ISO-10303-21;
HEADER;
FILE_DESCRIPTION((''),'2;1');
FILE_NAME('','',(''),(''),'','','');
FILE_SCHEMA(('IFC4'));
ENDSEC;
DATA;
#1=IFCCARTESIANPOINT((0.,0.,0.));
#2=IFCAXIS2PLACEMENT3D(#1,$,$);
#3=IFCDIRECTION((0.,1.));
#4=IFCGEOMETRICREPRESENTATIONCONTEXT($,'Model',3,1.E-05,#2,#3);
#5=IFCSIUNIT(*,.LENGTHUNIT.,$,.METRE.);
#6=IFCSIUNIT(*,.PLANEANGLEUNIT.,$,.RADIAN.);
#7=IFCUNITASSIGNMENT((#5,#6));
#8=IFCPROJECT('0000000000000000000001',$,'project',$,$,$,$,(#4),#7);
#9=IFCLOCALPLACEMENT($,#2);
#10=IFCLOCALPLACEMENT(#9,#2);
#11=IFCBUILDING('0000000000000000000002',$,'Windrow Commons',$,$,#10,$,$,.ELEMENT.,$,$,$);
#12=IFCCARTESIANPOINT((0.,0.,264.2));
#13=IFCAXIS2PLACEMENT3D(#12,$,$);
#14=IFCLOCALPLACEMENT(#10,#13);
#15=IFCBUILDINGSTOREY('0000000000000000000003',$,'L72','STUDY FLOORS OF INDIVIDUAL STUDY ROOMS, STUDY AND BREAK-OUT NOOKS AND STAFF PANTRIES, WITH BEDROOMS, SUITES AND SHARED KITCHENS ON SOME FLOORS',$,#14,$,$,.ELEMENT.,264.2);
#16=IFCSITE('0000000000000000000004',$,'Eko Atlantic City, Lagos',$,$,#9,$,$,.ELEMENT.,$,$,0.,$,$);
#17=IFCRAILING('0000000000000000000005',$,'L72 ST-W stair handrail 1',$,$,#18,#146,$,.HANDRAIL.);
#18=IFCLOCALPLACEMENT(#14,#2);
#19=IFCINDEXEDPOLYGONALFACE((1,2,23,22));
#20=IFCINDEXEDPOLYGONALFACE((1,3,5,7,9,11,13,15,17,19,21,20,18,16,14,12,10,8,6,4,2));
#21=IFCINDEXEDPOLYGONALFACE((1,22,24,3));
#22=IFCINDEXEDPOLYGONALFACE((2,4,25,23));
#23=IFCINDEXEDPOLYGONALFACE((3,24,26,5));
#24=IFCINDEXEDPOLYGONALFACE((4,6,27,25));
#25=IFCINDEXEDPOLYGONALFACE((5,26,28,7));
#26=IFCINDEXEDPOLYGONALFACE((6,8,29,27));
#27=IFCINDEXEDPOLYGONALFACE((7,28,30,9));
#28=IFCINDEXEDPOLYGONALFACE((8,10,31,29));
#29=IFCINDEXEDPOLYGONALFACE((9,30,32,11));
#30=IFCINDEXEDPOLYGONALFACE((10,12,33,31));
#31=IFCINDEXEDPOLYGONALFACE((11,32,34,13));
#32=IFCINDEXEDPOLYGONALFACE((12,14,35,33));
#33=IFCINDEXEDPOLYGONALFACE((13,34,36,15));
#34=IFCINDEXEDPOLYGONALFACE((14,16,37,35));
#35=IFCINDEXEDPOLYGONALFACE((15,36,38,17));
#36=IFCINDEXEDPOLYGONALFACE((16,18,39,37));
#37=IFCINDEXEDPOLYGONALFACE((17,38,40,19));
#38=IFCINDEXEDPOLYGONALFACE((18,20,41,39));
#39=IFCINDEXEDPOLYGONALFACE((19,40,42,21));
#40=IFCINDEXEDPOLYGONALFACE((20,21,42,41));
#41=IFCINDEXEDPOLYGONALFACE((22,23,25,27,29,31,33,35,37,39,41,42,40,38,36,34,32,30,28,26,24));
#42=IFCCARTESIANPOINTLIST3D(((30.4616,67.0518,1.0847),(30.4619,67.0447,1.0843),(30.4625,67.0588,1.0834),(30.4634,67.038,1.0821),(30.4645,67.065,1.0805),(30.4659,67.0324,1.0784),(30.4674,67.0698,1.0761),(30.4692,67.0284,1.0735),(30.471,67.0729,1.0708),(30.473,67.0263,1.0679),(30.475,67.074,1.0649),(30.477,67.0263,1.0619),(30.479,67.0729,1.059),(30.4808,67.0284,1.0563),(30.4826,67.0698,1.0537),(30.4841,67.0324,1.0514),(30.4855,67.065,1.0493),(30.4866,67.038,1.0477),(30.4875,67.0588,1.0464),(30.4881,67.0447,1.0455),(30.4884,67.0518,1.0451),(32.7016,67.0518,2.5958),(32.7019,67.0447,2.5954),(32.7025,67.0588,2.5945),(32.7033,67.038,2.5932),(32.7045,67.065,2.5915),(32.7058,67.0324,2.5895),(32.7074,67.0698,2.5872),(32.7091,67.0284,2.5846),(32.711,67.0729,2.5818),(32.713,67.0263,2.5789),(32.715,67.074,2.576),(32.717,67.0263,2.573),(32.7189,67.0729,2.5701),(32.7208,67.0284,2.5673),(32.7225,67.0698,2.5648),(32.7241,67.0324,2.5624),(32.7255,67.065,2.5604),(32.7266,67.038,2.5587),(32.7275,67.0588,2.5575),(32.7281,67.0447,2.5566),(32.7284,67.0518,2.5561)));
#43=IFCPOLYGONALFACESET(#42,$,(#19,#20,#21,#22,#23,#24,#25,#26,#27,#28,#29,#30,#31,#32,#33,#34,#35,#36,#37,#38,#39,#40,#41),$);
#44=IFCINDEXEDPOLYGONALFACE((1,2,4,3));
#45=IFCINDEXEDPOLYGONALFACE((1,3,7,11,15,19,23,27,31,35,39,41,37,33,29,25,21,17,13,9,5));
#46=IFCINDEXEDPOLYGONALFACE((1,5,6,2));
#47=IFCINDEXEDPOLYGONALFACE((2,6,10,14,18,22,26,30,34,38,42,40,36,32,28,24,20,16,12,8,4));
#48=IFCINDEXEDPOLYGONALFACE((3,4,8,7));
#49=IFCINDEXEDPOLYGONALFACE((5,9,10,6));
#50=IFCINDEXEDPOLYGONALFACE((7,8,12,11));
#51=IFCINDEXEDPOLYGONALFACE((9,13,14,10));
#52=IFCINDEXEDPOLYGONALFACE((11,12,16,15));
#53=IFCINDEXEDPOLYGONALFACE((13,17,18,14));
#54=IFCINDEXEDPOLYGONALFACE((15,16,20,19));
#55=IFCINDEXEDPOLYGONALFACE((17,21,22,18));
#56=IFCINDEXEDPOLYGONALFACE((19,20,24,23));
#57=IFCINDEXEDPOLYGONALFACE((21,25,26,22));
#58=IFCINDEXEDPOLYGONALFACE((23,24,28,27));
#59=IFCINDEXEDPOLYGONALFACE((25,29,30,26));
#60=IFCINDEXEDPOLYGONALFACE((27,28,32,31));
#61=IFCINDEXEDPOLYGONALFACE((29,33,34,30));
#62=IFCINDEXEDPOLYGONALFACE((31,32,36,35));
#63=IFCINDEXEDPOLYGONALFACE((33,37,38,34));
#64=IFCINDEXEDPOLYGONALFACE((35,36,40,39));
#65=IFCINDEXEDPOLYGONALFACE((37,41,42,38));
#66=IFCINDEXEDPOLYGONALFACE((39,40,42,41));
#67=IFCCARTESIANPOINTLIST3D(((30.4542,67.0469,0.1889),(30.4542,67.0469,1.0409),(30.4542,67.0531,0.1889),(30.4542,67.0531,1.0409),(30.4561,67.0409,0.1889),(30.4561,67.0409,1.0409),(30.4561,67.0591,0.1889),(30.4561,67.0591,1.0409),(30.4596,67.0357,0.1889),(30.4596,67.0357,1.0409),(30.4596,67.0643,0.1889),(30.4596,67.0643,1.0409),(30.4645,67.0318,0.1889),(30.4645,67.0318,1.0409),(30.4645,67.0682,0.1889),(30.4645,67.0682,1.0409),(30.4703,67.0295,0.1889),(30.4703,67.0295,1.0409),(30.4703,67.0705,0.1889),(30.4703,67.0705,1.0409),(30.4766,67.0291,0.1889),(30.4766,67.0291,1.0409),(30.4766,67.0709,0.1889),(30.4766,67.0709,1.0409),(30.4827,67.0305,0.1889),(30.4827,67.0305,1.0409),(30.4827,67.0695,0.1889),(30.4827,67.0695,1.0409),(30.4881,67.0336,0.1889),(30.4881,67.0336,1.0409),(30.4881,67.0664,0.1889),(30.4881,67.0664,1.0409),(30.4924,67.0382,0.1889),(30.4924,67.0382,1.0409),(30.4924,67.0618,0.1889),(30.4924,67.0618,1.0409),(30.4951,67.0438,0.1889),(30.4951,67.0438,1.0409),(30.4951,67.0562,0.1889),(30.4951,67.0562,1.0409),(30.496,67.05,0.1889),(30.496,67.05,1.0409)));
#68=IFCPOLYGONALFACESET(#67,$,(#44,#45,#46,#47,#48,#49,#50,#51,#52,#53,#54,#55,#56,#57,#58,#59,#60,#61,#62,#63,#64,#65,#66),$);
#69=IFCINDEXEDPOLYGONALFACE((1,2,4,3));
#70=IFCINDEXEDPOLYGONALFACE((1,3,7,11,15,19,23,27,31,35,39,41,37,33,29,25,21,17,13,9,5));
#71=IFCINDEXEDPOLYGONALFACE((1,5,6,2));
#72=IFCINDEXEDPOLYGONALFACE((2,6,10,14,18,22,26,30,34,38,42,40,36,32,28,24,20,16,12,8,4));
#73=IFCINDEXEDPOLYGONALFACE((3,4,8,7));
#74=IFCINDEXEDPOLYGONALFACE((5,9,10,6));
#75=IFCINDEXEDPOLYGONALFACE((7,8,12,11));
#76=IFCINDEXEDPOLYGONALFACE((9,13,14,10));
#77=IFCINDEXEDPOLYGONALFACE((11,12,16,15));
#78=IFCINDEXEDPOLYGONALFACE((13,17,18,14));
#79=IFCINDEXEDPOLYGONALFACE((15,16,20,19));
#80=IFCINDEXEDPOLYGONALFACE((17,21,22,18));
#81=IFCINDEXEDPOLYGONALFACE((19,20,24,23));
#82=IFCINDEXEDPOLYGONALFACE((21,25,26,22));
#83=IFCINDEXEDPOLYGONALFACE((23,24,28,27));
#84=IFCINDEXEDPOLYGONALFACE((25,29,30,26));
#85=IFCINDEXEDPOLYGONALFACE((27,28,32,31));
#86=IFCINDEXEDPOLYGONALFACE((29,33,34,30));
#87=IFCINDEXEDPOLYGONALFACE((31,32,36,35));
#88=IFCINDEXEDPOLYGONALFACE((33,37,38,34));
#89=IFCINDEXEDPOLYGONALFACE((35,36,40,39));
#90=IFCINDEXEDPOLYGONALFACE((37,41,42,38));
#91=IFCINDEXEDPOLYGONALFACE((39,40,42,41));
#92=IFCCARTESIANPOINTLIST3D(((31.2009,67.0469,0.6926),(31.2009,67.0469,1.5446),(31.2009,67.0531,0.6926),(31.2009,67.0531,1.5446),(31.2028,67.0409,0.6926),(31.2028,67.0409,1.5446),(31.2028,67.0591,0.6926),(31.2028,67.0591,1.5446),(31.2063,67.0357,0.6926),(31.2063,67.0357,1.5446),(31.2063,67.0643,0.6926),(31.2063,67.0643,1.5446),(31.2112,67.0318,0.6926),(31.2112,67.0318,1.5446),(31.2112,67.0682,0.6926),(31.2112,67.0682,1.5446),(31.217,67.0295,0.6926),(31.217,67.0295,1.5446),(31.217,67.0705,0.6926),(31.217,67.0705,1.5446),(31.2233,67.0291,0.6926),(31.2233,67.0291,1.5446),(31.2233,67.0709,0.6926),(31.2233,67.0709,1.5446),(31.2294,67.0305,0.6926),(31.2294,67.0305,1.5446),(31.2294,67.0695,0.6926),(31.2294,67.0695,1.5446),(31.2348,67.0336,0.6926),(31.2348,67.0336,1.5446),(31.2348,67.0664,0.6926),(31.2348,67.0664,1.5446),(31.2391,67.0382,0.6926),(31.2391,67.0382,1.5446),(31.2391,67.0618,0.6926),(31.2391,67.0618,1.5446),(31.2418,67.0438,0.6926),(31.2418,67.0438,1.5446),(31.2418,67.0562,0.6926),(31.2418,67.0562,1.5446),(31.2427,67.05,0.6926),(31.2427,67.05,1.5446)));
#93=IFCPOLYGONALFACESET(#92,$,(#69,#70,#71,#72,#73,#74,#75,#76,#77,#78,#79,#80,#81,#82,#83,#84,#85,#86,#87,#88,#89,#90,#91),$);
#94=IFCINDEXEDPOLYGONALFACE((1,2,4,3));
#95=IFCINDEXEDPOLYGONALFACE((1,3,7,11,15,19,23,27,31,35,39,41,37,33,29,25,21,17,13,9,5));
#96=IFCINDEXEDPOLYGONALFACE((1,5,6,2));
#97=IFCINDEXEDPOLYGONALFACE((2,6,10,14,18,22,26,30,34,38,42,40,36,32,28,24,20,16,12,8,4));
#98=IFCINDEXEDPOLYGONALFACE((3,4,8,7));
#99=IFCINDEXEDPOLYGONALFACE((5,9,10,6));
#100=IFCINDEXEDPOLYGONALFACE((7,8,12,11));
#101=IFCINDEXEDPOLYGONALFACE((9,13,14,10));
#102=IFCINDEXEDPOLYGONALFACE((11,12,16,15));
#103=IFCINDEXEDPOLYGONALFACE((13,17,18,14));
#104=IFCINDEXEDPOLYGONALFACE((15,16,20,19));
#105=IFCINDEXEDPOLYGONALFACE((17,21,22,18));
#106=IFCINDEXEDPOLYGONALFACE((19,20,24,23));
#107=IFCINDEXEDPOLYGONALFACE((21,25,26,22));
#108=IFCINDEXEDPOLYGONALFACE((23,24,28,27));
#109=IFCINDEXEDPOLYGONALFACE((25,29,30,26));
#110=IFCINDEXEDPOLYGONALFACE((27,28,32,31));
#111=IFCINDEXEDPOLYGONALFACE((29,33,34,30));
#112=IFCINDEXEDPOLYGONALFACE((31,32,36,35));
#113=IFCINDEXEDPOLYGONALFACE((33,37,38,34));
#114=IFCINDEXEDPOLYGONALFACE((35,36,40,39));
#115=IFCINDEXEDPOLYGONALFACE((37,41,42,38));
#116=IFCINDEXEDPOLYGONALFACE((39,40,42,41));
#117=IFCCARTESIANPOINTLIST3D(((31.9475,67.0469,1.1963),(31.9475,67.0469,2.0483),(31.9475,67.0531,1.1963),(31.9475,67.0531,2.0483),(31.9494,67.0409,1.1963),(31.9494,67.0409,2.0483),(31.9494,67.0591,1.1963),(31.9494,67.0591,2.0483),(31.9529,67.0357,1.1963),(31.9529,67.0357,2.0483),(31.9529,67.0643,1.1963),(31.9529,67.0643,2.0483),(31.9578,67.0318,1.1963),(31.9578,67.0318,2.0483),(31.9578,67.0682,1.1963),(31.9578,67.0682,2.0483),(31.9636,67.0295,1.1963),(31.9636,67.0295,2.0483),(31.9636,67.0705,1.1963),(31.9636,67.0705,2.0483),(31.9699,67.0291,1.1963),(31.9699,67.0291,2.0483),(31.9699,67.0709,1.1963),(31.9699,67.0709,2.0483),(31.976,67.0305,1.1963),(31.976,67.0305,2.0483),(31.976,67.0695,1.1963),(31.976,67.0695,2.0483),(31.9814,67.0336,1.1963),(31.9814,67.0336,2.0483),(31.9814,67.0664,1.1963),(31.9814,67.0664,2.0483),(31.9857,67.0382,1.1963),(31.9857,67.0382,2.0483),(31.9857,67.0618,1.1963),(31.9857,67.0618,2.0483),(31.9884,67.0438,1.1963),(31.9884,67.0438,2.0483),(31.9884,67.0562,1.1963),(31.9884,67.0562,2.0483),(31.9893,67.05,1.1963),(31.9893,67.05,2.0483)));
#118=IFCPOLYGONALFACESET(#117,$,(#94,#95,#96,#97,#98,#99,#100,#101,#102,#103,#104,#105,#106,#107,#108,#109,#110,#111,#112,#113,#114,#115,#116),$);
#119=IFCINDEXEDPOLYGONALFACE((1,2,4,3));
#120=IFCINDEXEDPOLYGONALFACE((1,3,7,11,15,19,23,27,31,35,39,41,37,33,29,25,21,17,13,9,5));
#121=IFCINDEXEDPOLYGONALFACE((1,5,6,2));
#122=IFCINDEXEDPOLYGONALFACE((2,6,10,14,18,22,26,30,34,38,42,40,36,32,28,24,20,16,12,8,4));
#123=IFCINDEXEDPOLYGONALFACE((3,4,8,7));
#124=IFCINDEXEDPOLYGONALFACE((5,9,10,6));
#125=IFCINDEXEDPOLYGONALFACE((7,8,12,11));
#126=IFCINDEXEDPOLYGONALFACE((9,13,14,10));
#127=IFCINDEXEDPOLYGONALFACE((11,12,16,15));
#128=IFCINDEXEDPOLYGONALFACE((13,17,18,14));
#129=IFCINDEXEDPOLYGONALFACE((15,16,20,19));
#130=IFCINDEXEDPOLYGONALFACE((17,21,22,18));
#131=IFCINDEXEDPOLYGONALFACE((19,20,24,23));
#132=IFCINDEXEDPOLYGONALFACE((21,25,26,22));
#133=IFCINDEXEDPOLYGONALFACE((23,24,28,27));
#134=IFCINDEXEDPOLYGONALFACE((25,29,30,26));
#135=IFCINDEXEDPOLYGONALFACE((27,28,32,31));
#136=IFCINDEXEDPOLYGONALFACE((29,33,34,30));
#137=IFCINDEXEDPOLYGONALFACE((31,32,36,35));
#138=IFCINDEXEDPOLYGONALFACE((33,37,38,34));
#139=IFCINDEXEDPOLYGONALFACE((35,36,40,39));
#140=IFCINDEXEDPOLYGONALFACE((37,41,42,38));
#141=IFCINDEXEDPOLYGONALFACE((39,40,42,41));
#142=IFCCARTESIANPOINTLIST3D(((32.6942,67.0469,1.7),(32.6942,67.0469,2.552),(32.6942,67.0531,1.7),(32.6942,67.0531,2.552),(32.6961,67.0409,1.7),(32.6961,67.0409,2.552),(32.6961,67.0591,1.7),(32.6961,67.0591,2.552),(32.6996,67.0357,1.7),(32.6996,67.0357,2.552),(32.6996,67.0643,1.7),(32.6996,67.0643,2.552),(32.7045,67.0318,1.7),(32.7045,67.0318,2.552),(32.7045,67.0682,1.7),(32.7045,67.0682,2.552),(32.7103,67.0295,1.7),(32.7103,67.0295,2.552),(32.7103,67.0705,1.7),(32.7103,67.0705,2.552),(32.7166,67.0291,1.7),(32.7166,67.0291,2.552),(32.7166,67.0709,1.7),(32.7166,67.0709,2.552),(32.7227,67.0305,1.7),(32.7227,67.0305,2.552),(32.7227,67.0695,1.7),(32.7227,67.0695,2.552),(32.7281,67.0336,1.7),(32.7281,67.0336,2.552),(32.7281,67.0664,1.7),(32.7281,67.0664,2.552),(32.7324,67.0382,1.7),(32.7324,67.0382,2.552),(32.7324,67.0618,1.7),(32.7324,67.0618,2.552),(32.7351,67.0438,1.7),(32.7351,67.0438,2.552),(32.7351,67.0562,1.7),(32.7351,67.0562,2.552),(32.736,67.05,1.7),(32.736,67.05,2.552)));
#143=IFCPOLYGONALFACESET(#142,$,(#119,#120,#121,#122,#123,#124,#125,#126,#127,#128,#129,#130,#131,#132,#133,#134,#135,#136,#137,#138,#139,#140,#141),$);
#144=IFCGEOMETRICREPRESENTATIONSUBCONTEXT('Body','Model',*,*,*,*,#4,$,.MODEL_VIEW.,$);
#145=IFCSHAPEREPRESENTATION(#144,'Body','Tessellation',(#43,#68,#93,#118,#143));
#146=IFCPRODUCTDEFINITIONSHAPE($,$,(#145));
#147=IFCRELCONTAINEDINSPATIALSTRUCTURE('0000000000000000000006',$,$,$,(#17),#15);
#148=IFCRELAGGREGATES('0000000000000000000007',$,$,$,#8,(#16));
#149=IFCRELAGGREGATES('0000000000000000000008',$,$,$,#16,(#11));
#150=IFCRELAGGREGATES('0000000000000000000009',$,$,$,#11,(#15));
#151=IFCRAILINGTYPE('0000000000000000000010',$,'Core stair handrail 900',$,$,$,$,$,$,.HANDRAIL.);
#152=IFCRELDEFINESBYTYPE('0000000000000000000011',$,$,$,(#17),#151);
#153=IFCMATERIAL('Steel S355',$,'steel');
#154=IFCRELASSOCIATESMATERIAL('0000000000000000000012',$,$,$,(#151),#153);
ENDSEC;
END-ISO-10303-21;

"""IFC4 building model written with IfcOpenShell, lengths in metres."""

from ifc_helpers import new_model, si_unit, direction, frame, origin, origin_2d, place, context, subcontext, project, spatial, circle, extrude, material, type_object, element, save


model = new_model("IFC4")

# Units and contexts
model_context = context("Model", 3, precision=1e-05, world=origin(), true_north=direction((0.0, 1.0)))
body_context = subcontext(model_context, "Body", "Model", "MODEL_VIEW")
ifc_project = project(units=[si_unit("LENGTHUNIT", "METRE"), si_unit("PLANEANGLEUNIT", "RADIAN")], contexts=[model_context])

# Site, building, storey
site_placement = place(None, origin())
site = spatial("IfcSite", under=ifc_project, at=site_placement, Name="Eko Atlantic City, Lagos", CompositionType="ELEMENT", RefElevation=0.0)
building_placement = place(site_placement, origin())
building = spatial("IfcBuilding", under=site, at=building_placement, Name="Windrow Commons", CompositionType="ELEMENT")
storey_placement = place(building_placement, frame((0.0, 0.0, 264.2)))
storey = spatial("IfcBuildingStorey", under=building, at=storey_placement, Name="L72", Description="STUDY FLOORS OF INDIVIDUAL STUDY ROOMS, STUDY AND BREAK-OUT NOOKS AND STAFF PANTRIES, WITH BEDROOMS, SUITES AND SHARED KITCHENS ON SOME FLOORS", CompositionType="ELEMENT", Elevation=264.2)

# Railing
ifc_material_1 = material(Name="Steel S355", Category="steel")
railing_type_1 = type_object("IfcRailingType", Name="Core stair handrail 900", PredefinedType="HANDRAIL", material=ifc_material_1)
railing_1_placement = place(storey_placement, frame((30.475, 67.05, 0.1889)))
element("IfcRailing", 1, at=railing_1_placement, inside=storey, type_object=railing_type_1, Name="L72 ST-W stair handrail 1", PredefinedType="HANDRAIL", context=body_context, shape_type="SweptSolid", body=[
    extrude(circle(Radius=0.024, at=origin_2d()), frame((0.0, 0.0, 0.876), z_axis=(0.829003, 0.0, 0.559244), x_axis=(0.0, 1.0, 0.0)), (0.0, 0.0, 1.0), 2.702),
    extrude(circle(Radius=0.021, at=origin_2d()), origin(), (0.0, 0.0, 1.0), 0.852),
    extrude(circle(Radius=0.021, at=origin_2d()), frame((0.7467, 0.0, 0.5037)), (0.0, 0.0, 1.0), 0.852),
    extrude(circle(Radius=0.021, at=origin_2d()), frame((1.4933, 0.0, 1.0074)), (0.0, 0.0, 1.0), 0.852),
    extrude(circle(Radius=0.021, at=origin_2d()), frame((2.24, 0.0, 1.5111)), (0.0, 0.0, 1.0), 0.852),
])

save(model, "model.ifc")
